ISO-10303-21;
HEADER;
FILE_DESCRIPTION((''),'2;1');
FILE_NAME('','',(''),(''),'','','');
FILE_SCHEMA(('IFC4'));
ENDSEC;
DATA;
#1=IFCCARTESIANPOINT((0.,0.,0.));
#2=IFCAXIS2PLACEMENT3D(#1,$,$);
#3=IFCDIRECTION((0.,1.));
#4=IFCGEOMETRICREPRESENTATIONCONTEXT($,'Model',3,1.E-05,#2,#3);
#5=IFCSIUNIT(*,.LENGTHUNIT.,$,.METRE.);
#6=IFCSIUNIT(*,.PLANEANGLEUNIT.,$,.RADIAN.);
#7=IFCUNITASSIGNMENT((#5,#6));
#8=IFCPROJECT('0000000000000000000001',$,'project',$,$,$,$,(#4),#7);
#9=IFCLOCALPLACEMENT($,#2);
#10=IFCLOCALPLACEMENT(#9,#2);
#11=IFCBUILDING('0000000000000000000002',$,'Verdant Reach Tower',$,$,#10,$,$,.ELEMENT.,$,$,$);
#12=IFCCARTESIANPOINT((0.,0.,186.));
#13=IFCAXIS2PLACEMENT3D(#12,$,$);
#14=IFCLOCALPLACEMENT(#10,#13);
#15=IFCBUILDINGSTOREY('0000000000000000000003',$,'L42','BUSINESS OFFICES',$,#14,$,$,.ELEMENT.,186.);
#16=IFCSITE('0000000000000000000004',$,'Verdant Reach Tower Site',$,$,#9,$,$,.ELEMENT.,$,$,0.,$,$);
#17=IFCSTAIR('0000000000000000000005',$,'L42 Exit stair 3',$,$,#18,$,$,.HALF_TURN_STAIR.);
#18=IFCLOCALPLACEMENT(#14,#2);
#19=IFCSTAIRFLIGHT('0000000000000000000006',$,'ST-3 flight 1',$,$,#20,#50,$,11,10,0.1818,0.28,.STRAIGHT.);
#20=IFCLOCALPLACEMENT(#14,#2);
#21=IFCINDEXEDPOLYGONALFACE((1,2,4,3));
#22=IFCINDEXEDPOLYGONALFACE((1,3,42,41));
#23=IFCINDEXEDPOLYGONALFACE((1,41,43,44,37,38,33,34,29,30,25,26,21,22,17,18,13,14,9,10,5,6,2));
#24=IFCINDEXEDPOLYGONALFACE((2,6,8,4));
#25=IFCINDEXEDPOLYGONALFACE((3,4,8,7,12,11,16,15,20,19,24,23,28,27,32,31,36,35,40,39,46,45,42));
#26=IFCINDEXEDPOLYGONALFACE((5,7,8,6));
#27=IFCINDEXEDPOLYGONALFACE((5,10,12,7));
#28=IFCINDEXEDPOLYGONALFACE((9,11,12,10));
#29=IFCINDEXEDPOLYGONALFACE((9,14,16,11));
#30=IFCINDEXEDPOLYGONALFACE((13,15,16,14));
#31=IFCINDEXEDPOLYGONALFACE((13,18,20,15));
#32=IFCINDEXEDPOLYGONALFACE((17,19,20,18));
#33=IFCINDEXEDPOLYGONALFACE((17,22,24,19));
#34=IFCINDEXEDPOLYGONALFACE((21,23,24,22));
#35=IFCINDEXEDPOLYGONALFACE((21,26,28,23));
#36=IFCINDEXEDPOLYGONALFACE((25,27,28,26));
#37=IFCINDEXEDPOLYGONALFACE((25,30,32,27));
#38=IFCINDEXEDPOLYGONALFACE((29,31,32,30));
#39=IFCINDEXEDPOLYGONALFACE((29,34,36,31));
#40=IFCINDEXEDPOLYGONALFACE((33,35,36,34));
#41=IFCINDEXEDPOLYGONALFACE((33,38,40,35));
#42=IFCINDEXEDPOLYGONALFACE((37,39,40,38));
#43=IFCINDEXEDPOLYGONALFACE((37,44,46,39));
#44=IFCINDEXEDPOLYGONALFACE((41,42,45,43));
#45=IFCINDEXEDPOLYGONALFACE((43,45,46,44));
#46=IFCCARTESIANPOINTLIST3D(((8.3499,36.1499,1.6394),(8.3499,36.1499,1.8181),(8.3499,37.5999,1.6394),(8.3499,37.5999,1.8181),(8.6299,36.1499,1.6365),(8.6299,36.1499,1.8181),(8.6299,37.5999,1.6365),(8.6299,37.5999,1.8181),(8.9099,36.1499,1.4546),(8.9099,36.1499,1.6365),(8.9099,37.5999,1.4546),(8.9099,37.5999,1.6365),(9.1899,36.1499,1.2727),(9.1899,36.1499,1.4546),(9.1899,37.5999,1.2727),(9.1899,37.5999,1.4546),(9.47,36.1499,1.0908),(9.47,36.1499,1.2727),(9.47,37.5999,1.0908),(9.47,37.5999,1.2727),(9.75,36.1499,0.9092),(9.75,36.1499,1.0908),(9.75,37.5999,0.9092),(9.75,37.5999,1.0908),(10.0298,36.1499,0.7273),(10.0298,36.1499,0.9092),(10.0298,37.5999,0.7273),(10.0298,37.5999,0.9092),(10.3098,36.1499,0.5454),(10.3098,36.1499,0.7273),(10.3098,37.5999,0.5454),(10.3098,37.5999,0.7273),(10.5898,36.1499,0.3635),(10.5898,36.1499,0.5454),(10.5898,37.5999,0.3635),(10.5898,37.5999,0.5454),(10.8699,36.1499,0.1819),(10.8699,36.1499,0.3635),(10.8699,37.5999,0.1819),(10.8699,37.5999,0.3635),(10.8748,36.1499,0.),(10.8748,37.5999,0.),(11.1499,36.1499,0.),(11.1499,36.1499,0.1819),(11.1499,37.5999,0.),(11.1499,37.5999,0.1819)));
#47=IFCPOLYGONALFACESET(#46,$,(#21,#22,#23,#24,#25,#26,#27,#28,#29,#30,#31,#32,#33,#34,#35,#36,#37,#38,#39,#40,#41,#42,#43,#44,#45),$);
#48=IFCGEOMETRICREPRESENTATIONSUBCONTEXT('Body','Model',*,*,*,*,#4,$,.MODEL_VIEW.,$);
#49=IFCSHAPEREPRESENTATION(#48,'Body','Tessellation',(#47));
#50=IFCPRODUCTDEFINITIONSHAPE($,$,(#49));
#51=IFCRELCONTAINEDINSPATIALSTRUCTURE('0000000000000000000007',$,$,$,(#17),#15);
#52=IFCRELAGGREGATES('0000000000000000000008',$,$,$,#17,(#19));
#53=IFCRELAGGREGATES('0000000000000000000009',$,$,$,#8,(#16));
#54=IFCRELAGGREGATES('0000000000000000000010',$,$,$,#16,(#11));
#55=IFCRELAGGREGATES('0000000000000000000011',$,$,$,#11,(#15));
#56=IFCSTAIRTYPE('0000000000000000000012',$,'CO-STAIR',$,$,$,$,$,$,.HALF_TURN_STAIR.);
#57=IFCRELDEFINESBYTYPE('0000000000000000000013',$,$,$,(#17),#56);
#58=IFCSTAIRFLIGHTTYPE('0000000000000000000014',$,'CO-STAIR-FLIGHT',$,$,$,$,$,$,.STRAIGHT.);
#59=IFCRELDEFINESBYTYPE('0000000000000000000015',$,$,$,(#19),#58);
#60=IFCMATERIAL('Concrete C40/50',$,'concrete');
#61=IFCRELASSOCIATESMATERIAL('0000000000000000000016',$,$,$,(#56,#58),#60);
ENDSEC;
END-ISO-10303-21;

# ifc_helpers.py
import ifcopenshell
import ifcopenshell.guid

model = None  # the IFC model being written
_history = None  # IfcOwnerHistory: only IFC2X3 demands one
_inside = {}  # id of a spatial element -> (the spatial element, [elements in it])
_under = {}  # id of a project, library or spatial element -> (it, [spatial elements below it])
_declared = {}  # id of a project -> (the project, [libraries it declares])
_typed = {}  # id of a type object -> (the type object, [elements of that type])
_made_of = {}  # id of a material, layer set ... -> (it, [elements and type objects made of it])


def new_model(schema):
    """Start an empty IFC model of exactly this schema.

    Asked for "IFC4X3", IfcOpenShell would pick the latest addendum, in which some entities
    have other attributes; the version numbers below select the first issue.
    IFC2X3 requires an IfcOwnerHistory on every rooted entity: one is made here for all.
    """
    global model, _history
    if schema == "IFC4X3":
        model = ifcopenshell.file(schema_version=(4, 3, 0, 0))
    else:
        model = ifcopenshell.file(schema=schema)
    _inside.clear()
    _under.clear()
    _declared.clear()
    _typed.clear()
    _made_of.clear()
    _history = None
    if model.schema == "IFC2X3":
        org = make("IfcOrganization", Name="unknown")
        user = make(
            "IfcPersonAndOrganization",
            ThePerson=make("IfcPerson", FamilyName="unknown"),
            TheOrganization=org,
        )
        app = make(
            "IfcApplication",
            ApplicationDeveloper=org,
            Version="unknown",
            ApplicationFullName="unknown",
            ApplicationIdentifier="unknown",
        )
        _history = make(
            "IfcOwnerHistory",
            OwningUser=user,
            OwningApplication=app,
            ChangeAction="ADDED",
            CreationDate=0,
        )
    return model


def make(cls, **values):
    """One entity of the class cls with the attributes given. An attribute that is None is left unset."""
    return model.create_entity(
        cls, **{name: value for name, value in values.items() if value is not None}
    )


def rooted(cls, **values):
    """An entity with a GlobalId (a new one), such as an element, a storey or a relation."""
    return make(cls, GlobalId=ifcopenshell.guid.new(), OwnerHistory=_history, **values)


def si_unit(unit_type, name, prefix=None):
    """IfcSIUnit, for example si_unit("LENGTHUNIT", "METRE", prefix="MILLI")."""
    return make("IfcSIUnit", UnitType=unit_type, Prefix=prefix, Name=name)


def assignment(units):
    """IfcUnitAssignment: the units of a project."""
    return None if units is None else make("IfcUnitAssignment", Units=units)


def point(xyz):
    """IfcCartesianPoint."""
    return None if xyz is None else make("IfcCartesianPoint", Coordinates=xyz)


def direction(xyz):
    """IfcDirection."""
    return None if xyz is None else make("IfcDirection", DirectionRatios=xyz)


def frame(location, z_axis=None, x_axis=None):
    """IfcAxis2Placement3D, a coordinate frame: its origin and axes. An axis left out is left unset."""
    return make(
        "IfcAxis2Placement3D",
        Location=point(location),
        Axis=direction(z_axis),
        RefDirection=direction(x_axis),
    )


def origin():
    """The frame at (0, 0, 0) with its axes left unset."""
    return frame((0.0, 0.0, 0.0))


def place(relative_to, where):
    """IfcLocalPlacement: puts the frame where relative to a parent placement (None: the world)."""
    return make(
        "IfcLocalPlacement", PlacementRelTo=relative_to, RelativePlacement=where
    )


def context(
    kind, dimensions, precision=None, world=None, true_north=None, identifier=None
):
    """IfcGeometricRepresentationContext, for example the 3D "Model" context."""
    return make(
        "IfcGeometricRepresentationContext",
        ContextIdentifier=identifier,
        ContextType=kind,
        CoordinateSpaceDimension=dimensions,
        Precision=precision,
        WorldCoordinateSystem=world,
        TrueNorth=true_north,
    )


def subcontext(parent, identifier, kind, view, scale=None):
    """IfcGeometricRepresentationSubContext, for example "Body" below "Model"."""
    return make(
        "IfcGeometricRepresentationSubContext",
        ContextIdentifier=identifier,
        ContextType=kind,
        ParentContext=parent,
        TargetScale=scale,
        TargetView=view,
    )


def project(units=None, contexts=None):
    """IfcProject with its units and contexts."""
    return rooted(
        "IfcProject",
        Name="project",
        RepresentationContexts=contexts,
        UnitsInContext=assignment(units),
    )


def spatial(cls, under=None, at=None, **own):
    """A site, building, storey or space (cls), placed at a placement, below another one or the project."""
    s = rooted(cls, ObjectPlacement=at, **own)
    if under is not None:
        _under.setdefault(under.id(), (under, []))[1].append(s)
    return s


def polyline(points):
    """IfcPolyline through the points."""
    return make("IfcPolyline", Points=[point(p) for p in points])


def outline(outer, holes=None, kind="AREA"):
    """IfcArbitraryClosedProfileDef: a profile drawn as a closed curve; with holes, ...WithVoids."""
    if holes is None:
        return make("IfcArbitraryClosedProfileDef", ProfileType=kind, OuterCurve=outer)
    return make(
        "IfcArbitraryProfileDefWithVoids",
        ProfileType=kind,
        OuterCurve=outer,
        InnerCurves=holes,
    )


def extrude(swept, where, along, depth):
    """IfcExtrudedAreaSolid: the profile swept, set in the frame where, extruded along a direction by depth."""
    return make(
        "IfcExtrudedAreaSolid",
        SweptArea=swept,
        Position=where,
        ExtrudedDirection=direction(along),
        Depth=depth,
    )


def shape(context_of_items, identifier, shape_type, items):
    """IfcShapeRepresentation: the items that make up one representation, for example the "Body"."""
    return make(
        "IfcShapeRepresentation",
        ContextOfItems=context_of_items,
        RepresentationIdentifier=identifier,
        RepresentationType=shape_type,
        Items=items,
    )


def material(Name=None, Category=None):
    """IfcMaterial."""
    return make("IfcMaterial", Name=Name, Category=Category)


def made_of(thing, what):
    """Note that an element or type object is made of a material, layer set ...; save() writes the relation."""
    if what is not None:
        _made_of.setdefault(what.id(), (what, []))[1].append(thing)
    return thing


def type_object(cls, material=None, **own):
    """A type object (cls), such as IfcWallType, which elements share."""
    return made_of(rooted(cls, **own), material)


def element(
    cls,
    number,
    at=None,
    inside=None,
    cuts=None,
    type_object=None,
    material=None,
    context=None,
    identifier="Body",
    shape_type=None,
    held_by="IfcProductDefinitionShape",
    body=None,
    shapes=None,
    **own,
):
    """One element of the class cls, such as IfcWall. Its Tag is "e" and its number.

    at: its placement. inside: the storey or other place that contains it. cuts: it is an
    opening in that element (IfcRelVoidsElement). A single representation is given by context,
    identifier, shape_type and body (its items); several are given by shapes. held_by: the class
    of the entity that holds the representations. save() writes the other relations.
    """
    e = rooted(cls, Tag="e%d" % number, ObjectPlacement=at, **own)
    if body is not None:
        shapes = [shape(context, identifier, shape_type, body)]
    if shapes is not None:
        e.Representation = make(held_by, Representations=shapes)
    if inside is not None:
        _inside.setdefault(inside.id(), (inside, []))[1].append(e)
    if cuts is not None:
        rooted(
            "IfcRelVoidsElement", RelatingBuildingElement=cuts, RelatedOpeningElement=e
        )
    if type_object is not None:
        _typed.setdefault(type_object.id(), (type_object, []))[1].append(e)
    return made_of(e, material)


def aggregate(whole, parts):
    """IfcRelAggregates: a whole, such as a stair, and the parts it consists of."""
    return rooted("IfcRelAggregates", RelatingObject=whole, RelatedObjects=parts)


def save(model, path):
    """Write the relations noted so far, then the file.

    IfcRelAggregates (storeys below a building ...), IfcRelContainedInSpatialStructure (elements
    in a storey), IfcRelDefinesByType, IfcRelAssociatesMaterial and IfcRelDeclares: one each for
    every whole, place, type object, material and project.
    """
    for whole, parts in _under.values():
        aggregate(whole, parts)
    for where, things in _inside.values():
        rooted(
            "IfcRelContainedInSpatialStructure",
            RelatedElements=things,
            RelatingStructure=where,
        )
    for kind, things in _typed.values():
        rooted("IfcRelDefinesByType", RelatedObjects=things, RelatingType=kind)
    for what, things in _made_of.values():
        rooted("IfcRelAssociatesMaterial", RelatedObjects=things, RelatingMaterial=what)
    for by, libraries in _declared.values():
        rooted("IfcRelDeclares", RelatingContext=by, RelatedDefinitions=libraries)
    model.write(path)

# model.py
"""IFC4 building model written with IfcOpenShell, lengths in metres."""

from ifc_helpers import new_model, si_unit, direction, frame, origin, place, context, subcontext, project, spatial, polyline, outline, extrude, material, type_object, element, aggregate, save


model = new_model("IFC4")

# Units and contexts
model_context = context("Model", 3, precision=1e-05, world=origin(), true_north=direction((0.0, 1.0)))
body_context = subcontext(model_context, "Body", "Model", "MODEL_VIEW")
ifc_project = project(units=[si_unit("LENGTHUNIT", "METRE"), si_unit("PLANEANGLEUNIT", "RADIAN")], contexts=[model_context])

# Site, building, storey
site_placement = place(None, origin())
site = spatial("IfcSite", under=ifc_project, at=site_placement, Name="Verdant Reach Tower Site", CompositionType="ELEMENT", RefElevation=0.0)
building_placement = place(site_placement, origin())
building = spatial("IfcBuilding", under=site, at=building_placement, Name="Verdant Reach Tower", CompositionType="ELEMENT")
storey_placement = place(building_placement, frame((0.0, 0.0, 186.0)))
storey = spatial("IfcBuildingStorey", under=building, at=storey_placement, Name="L42", Description="BUSINESS OFFICES", CompositionType="ELEMENT", Elevation=186.0)

# Stair, stair flight
ifc_material_1 = material(Name="Concrete C40/50", Category="concrete")
stair_type = type_object("IfcStairType", Name="CO-STAIR", PredefinedType="HALF_TURN_STAIR", material=ifc_material_1)
stair_placement = place(storey_placement, origin())
stair = element("IfcStair", 1, at=stair_placement, inside=storey, type_object=stair_type, Name="L42 Exit stair 3", PredefinedType="HALF_TURN_STAIR")
stair_flight_type = type_object("IfcStairFlightType", Name="CO-STAIR-FLIGHT", PredefinedType="STRAIGHT", material=ifc_material_1)
stair_flight_placement = place(storey_placement, frame((11.1499, 36.875, 0.0), z_axis=(0.0, 0.0, 1.0), x_axis=(-1.0, 0.0, 0.0)))
stair_flight = element("IfcStairFlight", 2, at=stair_flight_placement, type_object=stair_flight_type, Name="ST-3 flight 1", NumberOfRisers=11, NumberOfTreads=10, PredefinedType="STRAIGHT", RiserHeight=0.1818, TreadLength=0.28, context=body_context, shape_type="SweptSolid", body=[
    extrude(outline(polyline([(0.0, 0.0), (0.0, 0.1819), (0.28, 0.1819), (0.28, 0.3635), (0.5601, 0.3635), (0.5601, 0.5454), (0.8401, 0.5454), (0.8401, 0.7273), (1.1201, 0.7273), (1.1201, 0.9092), (1.3999, 0.9092), (1.3999, 1.0908), (1.6799, 1.0908), (1.6799, 1.2727), (1.96, 1.2727), (1.96, 1.4546), (2.24, 1.4546), (2.24, 1.6365), (2.52, 1.6365), (2.52, 1.8181), (2.8, 1.8181), (2.8, 2.0), (2.8, 1.6394), (0.2751, 0.0), (0.0, 0.0)])), frame((0.0, 0.7251, 0.0), z_axis=(0.0, -1.0, 0.0), x_axis=(1.0, 0.0, 0.0)), (0.0, 0.0, 1.0), 1.45),
])
aggregate(stair, [stair_flight])

save(model, "model.ifc")
